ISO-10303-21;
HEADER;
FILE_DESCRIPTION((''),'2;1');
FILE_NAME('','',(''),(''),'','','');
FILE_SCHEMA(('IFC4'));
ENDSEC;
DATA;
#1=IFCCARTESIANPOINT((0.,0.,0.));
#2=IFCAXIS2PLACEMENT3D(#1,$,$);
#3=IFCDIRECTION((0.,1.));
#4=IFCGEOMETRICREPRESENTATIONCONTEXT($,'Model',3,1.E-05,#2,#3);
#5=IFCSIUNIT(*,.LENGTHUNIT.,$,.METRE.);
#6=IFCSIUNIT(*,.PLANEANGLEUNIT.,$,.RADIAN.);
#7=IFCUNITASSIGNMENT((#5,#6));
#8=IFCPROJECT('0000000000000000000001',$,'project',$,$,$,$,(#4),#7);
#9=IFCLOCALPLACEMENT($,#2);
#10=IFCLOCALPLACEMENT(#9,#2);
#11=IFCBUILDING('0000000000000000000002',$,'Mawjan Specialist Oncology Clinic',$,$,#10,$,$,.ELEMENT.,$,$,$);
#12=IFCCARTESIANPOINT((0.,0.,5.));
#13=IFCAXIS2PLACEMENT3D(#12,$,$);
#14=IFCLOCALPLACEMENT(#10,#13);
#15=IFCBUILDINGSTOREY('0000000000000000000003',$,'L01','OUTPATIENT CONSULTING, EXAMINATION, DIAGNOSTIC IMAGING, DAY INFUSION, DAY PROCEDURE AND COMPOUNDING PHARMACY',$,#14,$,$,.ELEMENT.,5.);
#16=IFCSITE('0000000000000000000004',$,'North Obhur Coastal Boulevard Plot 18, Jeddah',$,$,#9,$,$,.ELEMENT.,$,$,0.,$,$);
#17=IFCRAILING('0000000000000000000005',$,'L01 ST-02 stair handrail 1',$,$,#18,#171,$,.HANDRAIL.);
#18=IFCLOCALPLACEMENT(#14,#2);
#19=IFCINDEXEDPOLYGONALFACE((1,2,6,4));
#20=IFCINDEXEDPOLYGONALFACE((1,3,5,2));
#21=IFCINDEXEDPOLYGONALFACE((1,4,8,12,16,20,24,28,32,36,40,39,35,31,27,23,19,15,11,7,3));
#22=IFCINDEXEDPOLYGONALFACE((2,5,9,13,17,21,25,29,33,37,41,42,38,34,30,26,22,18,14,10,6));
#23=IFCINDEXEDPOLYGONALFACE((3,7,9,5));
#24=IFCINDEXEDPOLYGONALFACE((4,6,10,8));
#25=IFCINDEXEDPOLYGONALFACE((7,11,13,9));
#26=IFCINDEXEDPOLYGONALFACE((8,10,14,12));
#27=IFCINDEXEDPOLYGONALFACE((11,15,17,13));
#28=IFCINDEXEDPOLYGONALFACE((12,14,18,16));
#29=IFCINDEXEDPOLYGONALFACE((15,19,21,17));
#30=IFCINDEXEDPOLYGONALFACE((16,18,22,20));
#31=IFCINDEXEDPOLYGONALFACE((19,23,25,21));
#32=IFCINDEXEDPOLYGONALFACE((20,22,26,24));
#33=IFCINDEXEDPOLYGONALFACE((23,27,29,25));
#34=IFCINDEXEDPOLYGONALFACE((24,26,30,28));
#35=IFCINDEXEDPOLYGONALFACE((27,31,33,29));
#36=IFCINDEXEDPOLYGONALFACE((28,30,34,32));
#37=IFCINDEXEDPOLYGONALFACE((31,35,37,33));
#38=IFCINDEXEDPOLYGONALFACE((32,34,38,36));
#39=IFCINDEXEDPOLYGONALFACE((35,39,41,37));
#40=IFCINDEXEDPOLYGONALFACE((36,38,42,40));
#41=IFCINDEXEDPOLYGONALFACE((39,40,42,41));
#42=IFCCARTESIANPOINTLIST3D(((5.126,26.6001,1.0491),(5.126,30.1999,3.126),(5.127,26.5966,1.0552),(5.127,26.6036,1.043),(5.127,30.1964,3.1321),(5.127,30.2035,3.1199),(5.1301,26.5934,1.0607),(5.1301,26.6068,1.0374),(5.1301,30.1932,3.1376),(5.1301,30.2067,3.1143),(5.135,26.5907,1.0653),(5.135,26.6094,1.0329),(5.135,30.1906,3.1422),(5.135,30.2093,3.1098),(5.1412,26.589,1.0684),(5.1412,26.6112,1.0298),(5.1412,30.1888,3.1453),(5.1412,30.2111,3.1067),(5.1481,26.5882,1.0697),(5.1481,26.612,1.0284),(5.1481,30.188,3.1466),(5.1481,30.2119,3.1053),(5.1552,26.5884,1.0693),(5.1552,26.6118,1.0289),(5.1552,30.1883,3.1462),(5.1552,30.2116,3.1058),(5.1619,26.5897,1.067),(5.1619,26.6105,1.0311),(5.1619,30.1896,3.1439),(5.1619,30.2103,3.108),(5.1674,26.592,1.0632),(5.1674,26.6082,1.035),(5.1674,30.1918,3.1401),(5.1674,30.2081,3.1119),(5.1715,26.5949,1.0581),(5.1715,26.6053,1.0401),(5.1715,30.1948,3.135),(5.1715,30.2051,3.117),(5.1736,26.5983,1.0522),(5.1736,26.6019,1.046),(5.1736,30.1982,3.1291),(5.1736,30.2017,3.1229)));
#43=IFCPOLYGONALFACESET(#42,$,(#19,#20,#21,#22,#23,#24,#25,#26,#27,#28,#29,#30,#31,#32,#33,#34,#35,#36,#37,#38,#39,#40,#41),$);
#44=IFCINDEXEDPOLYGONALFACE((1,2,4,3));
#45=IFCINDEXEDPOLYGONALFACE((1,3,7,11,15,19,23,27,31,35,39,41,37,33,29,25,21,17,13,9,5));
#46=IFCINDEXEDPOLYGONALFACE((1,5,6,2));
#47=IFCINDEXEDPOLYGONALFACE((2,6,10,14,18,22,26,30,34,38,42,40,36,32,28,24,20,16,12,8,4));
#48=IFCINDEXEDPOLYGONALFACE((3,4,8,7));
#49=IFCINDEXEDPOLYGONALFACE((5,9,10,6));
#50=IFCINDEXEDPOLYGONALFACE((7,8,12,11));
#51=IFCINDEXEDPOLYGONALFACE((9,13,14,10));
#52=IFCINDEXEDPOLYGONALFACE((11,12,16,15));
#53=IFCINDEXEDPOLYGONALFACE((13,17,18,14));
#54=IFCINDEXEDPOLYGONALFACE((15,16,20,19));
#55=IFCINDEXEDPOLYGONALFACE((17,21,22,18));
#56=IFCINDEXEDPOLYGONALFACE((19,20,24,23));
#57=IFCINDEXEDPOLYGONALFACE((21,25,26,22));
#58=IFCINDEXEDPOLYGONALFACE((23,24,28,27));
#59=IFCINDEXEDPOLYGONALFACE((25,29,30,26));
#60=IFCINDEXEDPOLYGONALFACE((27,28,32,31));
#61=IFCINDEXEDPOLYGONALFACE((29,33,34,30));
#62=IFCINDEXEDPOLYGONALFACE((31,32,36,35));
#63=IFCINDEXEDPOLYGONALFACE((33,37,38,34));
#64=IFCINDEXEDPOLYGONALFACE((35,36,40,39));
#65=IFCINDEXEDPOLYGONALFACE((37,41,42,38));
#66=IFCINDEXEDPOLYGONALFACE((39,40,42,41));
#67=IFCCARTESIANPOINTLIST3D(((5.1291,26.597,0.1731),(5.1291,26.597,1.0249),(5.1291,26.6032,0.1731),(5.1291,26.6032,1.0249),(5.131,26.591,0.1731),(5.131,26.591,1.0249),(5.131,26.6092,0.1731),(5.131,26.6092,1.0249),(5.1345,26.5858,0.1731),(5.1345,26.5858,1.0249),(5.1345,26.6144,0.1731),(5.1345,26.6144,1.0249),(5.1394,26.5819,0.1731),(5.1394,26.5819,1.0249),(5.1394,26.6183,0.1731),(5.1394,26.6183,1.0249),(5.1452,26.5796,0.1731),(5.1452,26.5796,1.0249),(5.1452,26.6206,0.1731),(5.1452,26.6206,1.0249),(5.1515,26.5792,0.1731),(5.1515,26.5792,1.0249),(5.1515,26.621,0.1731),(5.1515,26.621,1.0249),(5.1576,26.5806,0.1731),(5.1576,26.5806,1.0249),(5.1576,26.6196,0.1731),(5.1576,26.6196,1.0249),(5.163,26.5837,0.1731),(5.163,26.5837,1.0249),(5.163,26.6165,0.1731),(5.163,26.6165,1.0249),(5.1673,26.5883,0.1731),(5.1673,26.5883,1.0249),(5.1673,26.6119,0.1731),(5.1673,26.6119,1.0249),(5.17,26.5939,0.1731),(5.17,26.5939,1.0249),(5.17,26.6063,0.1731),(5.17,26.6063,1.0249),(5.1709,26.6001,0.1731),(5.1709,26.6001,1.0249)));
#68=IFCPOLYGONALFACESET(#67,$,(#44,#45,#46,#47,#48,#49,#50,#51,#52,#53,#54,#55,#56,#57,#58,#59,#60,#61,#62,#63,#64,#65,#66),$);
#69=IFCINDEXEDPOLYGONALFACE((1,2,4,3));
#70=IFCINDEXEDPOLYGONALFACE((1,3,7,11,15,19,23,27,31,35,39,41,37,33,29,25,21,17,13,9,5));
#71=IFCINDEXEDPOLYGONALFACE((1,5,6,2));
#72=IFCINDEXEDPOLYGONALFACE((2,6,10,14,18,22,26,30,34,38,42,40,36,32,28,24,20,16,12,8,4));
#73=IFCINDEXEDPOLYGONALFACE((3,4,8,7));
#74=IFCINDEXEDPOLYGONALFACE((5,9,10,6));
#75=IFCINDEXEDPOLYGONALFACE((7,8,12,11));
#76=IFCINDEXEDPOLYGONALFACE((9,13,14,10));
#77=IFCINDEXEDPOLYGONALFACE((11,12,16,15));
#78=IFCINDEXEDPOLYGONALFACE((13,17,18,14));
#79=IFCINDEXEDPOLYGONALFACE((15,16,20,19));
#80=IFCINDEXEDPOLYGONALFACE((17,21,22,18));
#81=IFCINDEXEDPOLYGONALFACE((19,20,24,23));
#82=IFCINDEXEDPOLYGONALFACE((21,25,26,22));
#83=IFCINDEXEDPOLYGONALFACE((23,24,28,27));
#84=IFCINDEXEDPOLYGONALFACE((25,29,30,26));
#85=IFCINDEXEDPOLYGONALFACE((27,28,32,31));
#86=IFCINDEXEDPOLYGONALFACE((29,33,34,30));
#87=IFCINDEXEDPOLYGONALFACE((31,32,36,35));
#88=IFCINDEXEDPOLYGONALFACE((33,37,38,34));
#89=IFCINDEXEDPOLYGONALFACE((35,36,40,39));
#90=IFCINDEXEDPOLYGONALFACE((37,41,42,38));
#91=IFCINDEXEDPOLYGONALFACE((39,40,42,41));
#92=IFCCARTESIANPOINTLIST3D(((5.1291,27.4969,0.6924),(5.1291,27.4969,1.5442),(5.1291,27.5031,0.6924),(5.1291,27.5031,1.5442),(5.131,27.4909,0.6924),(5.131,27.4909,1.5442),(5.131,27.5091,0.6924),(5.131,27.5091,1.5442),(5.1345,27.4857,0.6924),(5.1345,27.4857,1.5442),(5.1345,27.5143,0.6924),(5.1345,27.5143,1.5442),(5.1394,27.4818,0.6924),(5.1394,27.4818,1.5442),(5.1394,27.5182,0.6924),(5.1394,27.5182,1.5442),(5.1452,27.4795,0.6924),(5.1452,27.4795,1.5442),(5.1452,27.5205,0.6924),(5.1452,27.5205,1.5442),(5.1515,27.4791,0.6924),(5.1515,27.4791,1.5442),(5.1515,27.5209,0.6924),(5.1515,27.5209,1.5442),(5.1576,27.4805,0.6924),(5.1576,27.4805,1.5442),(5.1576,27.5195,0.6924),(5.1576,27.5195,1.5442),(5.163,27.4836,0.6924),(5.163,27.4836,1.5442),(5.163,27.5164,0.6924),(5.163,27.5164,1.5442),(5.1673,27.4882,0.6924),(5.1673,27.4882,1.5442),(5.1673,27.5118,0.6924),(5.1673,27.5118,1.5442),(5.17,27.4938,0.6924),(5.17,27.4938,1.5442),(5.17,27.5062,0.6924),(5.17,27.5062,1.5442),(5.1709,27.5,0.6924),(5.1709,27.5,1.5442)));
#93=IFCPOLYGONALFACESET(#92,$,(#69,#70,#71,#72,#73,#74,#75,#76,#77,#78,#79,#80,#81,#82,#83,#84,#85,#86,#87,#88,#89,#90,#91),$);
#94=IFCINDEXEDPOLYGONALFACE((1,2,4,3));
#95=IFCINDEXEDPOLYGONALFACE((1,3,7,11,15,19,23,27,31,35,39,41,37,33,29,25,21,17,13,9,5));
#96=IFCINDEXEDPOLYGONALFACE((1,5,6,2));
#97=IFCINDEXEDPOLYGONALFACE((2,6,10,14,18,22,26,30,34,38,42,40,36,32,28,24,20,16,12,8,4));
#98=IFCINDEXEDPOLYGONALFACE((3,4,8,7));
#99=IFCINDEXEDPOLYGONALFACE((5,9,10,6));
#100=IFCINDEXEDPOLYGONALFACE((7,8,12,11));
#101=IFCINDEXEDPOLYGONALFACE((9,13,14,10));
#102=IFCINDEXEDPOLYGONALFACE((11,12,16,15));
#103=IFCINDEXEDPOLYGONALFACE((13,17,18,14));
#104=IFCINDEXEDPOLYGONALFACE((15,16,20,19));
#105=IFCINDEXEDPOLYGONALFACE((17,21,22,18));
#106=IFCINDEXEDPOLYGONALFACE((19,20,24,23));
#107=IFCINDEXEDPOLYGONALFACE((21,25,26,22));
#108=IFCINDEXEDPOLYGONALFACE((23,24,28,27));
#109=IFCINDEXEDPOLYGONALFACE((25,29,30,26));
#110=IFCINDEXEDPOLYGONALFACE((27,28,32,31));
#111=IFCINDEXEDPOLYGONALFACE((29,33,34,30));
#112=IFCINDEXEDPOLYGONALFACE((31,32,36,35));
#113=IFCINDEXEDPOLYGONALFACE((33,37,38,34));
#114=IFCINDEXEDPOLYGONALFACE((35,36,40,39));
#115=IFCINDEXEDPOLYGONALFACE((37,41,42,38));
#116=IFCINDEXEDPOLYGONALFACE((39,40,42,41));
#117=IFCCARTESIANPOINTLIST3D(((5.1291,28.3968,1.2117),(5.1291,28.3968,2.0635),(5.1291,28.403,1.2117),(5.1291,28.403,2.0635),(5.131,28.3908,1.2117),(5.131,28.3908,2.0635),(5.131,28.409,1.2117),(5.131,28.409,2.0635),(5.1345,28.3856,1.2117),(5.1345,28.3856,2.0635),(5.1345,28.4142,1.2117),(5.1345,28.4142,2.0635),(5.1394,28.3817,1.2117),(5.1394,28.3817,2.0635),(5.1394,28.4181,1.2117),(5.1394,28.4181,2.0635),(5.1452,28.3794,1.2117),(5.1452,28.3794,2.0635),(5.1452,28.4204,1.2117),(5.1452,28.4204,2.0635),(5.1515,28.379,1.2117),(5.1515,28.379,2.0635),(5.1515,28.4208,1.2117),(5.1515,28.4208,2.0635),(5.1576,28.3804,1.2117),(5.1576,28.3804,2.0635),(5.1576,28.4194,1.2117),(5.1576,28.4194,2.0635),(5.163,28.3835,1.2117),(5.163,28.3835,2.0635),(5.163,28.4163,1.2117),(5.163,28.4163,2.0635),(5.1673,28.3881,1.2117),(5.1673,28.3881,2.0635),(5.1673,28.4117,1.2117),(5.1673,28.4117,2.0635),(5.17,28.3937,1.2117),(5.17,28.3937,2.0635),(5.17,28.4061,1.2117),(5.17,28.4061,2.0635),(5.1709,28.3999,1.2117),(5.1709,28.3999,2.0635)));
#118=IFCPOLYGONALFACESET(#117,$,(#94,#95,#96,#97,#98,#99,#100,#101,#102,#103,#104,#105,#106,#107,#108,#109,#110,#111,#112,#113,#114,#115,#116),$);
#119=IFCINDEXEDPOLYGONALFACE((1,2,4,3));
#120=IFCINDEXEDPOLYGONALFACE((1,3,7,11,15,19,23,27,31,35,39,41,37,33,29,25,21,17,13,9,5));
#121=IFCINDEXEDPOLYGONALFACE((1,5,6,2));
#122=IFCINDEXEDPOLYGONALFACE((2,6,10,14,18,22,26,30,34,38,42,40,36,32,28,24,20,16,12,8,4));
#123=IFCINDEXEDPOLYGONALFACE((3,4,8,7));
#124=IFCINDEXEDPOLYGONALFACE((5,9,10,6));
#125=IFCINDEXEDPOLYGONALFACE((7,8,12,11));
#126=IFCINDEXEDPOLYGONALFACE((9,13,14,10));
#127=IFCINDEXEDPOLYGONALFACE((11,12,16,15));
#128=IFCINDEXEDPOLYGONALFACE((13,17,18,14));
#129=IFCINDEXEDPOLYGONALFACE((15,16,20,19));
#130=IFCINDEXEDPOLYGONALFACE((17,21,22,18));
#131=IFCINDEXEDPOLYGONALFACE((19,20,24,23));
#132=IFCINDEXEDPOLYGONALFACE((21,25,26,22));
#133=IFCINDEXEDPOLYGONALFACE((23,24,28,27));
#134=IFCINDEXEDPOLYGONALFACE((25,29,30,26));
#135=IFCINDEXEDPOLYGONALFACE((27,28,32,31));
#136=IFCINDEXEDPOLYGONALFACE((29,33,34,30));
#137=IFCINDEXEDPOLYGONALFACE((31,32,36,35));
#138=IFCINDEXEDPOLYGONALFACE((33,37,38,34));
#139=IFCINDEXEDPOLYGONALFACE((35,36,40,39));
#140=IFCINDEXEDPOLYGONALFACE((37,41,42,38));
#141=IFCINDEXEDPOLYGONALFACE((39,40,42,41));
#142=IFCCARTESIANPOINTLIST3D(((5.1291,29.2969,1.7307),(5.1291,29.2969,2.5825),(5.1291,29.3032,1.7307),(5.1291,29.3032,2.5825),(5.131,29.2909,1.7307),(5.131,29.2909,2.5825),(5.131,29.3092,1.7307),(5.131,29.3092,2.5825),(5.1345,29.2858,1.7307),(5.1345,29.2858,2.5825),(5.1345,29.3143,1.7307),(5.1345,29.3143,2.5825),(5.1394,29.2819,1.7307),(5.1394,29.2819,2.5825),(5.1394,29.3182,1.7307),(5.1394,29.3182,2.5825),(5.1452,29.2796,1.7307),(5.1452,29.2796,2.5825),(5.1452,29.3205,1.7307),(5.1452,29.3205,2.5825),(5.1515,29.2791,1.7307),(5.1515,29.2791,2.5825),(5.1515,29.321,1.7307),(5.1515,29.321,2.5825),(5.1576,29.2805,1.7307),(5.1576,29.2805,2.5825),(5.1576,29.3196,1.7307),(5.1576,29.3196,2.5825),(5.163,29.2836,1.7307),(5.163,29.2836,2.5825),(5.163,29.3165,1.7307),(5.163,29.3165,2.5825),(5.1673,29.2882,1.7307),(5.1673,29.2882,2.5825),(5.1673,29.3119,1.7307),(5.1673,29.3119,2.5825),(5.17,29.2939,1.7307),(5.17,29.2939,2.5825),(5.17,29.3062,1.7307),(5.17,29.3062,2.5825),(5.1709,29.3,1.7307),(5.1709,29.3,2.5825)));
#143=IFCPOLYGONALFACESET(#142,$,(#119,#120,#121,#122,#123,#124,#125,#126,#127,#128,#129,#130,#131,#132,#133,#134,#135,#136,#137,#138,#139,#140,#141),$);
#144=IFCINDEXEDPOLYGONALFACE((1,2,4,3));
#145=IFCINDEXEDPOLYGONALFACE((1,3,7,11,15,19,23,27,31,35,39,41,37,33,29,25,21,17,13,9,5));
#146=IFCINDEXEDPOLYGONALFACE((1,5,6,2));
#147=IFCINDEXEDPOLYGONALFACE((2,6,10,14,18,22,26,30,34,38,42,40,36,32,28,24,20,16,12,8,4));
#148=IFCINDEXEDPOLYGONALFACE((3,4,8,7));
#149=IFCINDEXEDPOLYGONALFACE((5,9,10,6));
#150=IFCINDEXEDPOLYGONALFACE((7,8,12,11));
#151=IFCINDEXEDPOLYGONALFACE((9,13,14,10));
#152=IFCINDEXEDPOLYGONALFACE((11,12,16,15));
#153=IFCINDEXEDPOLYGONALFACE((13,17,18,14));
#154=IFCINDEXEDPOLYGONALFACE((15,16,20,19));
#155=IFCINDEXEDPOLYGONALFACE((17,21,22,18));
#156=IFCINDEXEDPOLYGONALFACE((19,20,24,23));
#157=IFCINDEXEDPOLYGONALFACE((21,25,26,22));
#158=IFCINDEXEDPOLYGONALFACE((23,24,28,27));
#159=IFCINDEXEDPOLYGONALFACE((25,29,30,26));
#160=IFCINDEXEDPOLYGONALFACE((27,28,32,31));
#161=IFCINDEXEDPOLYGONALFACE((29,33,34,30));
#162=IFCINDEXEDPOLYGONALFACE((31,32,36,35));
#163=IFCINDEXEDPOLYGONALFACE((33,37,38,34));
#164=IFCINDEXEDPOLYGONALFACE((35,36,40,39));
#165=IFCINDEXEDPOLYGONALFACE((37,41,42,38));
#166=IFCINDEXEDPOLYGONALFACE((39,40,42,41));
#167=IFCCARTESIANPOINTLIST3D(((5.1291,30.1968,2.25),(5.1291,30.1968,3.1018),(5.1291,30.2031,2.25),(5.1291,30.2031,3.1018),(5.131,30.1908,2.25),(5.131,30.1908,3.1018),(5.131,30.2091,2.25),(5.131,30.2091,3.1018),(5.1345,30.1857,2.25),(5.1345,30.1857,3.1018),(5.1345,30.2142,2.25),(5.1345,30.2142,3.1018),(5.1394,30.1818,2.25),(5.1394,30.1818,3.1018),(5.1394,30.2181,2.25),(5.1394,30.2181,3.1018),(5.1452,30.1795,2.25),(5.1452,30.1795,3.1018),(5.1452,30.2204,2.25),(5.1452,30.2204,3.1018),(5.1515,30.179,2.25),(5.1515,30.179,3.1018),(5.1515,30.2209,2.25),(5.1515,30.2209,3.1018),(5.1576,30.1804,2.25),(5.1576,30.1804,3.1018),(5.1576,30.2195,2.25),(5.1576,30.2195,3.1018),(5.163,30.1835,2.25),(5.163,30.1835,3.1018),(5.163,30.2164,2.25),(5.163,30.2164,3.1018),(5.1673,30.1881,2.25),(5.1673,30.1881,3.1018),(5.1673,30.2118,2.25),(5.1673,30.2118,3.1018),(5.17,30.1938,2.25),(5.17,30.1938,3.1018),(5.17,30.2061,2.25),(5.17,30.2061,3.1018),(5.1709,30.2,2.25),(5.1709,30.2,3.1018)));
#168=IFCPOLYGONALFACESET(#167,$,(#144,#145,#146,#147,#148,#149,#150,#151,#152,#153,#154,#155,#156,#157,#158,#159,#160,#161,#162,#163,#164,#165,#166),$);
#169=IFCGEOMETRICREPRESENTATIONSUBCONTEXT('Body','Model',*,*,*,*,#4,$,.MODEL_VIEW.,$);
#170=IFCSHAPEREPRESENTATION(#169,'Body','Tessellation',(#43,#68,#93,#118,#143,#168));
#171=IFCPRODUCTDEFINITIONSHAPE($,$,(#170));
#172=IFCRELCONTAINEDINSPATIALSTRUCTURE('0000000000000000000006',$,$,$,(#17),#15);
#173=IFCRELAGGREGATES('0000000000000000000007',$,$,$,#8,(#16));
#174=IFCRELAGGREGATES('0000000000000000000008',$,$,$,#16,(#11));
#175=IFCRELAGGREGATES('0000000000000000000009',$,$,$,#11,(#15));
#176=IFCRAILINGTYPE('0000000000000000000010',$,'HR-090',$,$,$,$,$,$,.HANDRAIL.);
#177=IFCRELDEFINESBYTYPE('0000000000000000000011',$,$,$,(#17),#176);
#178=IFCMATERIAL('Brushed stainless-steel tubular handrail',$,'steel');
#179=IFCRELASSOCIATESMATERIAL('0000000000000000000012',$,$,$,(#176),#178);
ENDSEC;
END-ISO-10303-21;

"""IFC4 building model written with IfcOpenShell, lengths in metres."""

from ifc_helpers import new_model, si_unit, direction, frame, origin, origin_2d, place, context, subcontext, project, spatial, circle, extrude, material, type_object, element, save


model = new_model("IFC4")

# Units and contexts
model_context = context("Model", 3, precision=1e-05, world=origin(), true_north=direction((0.0, 1.0)))
body_context = subcontext(model_context, "Body", "Model", "MODEL_VIEW")
ifc_project = project(units=[si_unit("LENGTHUNIT", "METRE"), si_unit("PLANEANGLEUNIT", "RADIAN")], contexts=[model_context])

# Site, building, storey
site_placement = place(None, origin())
site = spatial("IfcSite", under=ifc_project, at=site_placement, Name="North Obhur Coastal Boulevard Plot 18, Jeddah", CompositionType="ELEMENT", RefElevation=0.0)
building_placement = place(site_placement, origin())
building = spatial("IfcBuilding", under=site, at=building_placement, Name="Mawjan Specialist Oncology Clinic", CompositionType="ELEMENT")
storey_placement = place(building_placement, frame((0.0, 0.0, 5.0)))
storey = spatial("IfcBuildingStorey", under=building, at=storey_placement, Name="L01", Description="OUTPATIENT CONSULTING, EXAMINATION, DIAGNOSTIC IMAGING, DAY INFUSION, DAY PROCEDURE AND COMPOUNDING PHARMACY", CompositionType="ELEMENT", Elevation=5.0)

# Railing
ifc_material_1 = material(Name="Brushed stainless-steel tubular handrail", Category="steel")
railing_type_1 = type_object("IfcRailingType", Name="HR-090", PredefinedType="HANDRAIL", material=ifc_material_1)
railing_1_placement = place(storey_placement, frame((5.1499, 26.6001, 0.1731)))
element("IfcRailing", 1, at=railing_1_placement, inside=storey, type_object=railing_type_1, Name="L01 ST-02 stair handrail 1", PredefinedType="HANDRAIL", context=body_context, shape_type="SweptSolid", body=[
    extrude(circle(Radius=0.0239, at=origin_2d()), frame((0.0, 0.0, 0.876), z_axis=(0.0, 0.866179, 0.499734), x_axis=(-1.0, 0.0, 0.0)), (0.0, 0.0, 1.0), 4.156),
    extrude(circle(Radius=0.021, at=origin_2d()), origin(), (0.0, 0.0, 1.0), 0.8518),
    extrude(circle(Radius=0.021, at=origin_2d()), frame((0.0, 0.8999, 0.5193)), (0.0, 0.0, 1.0), 0.8518),
    extrude(circle(Radius=0.021, at=origin_2d()), frame((0.0, 1.7998, 1.0386)), (0.0, 0.0, 1.0), 0.8518),
    extrude(circle(Radius=0.021, at=origin_2d()), frame((0.0, 2.7, 1.5576)), (0.0, 0.0, 1.0), 0.8518),
    extrude(circle(Radius=0.021, at=origin_2d()), frame((0.0, 3.5999, 2.0769)), (0.0, 0.0, 1.0), 0.8518),
])

save(model, "model.ifc")
